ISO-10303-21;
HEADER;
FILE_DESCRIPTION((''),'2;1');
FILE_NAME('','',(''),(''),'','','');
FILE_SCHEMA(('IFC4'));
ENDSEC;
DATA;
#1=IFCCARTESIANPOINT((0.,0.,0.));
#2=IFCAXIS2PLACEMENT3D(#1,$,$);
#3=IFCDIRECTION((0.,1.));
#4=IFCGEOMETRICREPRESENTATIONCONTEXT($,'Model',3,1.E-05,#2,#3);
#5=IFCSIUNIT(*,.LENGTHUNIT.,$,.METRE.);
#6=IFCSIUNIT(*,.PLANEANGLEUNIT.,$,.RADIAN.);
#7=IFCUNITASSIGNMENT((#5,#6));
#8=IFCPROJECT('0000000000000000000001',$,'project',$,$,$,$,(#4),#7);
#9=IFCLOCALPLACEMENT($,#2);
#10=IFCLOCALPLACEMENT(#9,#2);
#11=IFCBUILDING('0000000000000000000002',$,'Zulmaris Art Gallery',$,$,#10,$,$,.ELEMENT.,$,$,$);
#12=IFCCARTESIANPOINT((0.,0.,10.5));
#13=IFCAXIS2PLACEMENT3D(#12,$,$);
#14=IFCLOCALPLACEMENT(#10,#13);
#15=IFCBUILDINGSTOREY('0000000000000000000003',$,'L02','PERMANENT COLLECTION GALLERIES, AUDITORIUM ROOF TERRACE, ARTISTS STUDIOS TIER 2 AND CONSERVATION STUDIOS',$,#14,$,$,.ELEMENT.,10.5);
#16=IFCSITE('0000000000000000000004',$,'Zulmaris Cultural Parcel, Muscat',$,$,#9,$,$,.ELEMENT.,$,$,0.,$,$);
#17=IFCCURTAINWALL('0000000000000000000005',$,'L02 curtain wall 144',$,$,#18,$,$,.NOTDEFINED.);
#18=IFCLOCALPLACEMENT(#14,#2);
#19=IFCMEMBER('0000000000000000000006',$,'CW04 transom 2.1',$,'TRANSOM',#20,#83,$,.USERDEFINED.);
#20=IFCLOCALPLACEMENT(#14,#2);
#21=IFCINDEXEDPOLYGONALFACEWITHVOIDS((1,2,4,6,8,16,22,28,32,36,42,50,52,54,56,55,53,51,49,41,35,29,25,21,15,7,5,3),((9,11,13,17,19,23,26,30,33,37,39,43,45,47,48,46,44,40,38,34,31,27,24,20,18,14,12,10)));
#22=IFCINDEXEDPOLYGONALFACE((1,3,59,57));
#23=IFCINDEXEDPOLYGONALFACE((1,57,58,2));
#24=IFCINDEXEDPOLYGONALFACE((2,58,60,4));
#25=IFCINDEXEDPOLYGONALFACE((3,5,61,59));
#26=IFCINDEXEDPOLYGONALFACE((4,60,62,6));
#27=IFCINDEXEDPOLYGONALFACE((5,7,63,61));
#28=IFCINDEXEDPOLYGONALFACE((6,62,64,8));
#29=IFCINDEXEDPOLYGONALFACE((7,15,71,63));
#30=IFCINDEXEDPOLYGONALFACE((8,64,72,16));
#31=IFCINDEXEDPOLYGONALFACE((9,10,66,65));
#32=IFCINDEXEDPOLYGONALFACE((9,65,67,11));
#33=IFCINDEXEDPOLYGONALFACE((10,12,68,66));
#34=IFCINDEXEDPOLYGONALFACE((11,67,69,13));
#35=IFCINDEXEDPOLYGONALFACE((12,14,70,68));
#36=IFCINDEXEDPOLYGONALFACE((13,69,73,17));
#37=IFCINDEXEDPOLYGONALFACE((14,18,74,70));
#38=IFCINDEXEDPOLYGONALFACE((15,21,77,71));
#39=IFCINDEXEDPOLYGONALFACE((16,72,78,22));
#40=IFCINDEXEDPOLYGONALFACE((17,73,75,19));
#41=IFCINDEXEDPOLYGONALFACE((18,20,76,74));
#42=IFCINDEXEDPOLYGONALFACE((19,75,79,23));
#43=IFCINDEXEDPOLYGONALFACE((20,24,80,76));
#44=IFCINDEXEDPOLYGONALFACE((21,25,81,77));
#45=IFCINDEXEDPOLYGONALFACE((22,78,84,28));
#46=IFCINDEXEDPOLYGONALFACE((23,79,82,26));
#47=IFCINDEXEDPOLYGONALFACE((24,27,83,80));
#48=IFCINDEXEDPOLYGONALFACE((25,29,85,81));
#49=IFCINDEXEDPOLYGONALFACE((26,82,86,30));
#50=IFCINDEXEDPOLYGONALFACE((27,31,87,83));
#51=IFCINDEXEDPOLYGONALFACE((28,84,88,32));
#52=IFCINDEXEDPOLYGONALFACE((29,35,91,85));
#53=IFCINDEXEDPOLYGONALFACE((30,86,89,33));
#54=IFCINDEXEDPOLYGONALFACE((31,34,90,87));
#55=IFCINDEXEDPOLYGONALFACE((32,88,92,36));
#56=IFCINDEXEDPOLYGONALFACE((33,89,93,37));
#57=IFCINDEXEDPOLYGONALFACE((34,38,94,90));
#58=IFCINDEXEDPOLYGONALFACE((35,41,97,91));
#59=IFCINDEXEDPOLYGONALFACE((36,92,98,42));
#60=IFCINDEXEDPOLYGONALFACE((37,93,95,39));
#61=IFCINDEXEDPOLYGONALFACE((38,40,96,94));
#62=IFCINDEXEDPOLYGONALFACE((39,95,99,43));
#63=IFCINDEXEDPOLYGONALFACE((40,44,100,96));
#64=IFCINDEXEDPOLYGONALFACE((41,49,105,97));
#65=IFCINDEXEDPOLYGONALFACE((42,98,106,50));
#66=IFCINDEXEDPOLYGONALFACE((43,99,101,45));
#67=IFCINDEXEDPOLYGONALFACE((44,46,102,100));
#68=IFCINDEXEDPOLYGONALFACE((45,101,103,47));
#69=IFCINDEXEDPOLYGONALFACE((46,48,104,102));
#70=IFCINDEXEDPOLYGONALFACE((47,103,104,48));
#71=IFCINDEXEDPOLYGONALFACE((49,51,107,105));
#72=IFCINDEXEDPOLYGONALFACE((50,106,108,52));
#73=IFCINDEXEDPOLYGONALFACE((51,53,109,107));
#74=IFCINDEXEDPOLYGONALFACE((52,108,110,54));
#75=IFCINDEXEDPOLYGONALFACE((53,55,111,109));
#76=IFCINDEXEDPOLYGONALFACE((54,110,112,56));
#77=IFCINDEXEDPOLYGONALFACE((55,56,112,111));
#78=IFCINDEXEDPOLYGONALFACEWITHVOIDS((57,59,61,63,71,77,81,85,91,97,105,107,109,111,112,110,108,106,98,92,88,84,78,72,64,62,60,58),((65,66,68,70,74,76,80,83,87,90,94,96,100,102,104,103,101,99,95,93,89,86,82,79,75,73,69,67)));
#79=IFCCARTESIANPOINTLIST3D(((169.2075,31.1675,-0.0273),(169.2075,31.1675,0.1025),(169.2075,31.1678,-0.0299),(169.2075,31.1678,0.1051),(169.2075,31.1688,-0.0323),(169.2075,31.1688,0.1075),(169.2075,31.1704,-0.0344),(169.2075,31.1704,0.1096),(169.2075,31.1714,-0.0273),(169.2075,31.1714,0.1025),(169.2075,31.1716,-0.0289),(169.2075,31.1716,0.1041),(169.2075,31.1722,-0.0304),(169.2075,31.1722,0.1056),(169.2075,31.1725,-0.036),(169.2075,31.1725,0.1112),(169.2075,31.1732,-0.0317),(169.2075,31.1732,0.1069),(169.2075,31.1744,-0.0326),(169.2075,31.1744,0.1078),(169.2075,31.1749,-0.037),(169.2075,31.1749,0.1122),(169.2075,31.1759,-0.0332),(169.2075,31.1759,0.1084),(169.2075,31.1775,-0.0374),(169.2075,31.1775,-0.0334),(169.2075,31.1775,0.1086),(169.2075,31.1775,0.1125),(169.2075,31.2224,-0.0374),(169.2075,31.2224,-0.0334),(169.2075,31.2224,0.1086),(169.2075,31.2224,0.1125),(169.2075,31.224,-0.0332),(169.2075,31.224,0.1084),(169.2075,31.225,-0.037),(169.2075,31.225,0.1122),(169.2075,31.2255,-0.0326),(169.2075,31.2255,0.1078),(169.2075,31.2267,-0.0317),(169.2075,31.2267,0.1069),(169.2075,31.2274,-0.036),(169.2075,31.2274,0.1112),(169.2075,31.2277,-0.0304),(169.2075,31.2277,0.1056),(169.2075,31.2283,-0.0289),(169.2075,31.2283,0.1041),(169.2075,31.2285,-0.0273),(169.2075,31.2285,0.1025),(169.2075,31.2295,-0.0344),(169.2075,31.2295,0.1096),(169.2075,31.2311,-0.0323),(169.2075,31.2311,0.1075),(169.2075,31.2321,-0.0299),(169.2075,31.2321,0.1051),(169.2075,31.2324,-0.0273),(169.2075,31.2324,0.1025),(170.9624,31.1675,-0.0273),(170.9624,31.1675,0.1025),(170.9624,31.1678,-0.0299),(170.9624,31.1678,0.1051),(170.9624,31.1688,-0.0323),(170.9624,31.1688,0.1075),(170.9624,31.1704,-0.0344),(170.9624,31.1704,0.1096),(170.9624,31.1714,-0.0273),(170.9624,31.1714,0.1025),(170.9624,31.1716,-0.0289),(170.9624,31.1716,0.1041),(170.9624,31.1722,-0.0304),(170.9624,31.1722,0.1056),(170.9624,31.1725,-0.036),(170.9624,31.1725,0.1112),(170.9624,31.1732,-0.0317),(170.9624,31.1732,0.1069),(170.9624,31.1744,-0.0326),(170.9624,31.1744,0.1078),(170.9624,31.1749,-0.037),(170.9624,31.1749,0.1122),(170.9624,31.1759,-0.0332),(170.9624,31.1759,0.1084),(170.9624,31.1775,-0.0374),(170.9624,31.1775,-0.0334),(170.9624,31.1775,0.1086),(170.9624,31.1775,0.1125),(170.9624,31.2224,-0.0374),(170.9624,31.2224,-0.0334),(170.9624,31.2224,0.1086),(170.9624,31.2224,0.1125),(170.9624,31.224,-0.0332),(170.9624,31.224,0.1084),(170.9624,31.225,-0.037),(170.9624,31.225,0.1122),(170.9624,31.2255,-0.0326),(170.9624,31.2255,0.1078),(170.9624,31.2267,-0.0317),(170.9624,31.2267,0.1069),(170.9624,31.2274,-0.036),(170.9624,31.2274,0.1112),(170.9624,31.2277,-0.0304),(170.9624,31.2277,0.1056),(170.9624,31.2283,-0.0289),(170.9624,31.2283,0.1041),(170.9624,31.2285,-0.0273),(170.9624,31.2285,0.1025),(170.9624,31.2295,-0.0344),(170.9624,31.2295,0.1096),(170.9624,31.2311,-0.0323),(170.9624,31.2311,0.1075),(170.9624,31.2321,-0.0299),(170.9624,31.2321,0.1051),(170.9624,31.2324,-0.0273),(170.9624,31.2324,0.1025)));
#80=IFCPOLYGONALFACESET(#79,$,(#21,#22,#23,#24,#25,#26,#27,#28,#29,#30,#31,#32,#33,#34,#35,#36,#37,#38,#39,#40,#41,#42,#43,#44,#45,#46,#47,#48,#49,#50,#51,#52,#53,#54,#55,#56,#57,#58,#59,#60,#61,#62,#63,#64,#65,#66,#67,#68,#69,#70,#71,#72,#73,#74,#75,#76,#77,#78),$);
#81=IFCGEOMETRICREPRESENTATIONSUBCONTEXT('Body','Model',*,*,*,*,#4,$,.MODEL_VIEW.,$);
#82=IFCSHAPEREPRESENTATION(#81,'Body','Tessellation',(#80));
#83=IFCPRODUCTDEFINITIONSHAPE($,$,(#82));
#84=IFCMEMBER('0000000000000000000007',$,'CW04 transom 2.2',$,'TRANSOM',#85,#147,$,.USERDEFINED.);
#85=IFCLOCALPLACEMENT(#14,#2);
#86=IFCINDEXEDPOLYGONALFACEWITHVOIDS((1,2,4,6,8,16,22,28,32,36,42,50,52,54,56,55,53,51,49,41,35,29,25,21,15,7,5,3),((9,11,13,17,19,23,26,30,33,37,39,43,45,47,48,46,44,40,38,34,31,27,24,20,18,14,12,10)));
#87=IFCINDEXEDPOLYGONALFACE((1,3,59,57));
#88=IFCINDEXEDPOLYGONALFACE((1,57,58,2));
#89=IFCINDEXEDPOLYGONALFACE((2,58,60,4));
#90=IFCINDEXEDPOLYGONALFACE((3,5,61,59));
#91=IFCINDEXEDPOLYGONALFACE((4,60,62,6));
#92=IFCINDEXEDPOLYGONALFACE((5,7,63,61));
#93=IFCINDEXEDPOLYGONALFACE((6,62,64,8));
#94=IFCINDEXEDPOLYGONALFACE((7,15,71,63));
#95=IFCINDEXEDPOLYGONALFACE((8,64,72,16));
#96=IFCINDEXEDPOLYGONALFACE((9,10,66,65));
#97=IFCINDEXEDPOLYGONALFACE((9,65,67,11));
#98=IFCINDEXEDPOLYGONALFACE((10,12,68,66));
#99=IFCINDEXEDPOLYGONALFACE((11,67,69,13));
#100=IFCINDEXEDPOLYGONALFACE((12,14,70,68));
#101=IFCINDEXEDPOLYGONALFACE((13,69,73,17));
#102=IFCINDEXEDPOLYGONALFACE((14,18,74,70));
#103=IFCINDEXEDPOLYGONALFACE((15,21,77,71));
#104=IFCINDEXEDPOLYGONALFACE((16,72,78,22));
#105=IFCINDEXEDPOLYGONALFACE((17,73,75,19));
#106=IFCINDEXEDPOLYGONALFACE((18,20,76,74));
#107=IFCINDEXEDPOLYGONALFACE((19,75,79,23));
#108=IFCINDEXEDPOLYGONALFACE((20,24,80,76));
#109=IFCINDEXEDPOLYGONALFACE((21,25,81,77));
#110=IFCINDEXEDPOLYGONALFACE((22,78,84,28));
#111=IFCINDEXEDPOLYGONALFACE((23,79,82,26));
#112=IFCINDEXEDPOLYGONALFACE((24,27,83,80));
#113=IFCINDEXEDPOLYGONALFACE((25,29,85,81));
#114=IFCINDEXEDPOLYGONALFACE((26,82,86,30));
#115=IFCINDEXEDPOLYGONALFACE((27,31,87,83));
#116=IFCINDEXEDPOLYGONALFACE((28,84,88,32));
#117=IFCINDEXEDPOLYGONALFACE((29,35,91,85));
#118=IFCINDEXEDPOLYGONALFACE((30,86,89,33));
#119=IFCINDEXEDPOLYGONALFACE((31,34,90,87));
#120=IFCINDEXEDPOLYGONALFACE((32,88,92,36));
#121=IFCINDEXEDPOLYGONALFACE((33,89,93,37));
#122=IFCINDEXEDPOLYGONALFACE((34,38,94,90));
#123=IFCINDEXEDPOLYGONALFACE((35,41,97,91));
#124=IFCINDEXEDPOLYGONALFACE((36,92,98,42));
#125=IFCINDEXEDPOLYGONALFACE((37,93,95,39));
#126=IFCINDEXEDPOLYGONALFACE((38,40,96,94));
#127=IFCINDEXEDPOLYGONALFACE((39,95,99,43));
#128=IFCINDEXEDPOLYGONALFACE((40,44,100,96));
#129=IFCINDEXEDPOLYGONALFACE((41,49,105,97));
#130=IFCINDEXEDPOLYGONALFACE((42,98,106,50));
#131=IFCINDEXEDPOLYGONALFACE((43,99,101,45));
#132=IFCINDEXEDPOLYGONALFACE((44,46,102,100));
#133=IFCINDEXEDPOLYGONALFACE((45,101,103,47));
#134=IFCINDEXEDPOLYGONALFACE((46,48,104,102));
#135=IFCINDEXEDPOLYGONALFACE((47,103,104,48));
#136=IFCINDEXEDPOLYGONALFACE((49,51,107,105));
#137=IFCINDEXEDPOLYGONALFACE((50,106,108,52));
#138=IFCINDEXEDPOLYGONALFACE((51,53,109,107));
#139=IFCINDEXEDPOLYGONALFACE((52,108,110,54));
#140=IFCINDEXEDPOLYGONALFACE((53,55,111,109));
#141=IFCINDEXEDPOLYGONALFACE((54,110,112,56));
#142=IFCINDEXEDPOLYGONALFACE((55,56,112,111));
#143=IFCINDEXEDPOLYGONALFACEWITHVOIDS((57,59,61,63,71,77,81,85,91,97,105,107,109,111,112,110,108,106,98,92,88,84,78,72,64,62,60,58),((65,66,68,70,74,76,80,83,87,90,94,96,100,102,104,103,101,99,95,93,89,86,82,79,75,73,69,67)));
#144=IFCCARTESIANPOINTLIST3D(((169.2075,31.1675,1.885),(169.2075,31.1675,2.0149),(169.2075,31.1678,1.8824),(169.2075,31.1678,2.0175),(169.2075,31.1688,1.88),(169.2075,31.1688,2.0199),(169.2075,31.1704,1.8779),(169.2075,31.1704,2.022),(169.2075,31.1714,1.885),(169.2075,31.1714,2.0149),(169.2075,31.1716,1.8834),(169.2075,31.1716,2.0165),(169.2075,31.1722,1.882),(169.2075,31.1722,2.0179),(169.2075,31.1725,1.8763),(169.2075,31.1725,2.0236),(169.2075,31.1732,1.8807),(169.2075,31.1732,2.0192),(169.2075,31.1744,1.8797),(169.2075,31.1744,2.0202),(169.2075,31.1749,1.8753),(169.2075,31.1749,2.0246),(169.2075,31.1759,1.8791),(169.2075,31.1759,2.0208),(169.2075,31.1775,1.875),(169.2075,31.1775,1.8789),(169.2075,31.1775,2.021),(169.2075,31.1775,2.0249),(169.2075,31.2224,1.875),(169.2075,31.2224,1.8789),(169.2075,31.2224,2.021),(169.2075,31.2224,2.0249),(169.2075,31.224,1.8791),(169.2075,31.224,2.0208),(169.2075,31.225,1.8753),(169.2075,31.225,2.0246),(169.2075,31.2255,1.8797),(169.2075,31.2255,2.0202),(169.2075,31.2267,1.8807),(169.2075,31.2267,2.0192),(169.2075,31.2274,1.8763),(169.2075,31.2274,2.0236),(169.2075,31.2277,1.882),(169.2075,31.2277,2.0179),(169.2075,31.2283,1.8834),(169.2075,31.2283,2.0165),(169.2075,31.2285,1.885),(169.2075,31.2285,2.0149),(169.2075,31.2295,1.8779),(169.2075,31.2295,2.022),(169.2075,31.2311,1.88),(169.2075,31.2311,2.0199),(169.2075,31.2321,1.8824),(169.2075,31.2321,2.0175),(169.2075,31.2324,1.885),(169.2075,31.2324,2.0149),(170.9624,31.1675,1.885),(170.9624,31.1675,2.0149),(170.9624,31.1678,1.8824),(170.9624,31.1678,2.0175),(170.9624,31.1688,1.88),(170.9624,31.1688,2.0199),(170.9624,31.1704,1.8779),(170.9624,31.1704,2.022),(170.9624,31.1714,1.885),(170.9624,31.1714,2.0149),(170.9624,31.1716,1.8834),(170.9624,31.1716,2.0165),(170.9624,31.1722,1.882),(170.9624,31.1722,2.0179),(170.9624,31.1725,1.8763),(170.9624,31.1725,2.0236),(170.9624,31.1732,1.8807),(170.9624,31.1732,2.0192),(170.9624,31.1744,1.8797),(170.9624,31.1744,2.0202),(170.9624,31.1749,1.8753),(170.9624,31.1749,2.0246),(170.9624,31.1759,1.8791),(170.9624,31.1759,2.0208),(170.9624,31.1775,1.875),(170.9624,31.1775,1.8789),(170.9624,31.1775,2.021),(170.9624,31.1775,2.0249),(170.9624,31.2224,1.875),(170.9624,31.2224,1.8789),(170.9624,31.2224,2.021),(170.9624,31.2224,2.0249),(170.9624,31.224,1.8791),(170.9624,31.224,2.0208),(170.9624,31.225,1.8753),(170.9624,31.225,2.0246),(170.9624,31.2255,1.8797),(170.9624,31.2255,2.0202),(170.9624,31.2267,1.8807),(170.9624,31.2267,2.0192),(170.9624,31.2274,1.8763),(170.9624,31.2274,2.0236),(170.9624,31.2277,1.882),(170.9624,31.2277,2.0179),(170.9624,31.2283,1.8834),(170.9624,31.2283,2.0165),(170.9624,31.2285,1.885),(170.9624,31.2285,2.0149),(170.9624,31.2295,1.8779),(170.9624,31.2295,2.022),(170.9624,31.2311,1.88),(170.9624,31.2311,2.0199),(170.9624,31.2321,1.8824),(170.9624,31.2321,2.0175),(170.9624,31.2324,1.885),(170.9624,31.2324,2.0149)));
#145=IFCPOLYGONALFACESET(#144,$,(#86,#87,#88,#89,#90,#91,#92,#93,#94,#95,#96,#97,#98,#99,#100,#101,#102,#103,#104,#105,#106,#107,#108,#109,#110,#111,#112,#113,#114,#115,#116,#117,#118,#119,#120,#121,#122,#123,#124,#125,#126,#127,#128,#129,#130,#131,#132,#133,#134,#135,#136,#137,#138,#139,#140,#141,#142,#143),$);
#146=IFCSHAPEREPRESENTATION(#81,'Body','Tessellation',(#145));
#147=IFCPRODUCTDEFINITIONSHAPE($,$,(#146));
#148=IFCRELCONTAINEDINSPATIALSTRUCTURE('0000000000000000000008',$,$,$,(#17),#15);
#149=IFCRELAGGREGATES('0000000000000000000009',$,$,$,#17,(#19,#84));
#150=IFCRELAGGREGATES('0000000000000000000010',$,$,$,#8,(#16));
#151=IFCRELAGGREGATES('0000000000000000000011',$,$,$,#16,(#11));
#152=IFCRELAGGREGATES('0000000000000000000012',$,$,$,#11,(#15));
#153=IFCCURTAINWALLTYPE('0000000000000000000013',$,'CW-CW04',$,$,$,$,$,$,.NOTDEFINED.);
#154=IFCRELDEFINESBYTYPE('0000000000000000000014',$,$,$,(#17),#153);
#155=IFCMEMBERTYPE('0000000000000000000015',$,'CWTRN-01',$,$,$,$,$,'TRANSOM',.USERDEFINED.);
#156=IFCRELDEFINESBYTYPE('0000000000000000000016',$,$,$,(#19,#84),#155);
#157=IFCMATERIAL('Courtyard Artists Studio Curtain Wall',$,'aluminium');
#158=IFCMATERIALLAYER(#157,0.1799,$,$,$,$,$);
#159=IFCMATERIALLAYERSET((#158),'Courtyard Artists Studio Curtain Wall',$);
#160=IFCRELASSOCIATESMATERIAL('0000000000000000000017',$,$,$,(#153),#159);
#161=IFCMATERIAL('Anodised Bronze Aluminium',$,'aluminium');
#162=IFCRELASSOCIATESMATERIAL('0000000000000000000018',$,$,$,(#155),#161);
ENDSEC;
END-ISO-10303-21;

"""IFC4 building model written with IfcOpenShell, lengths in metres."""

from ifc_helpers import new_model, si_unit, direction, frame, origin, origin_2d, place, context, subcontext, project, spatial, hollow_rectangle, extrude, material, layer, layer_set, material_profile, profile_set, type_object, element, aggregate, save


model = new_model("IFC4")

# Units and contexts
model_context = context("Model", 3, precision=1e-05, world=origin(), true_north=direction((0.0, 1.0)))
body_context = subcontext(model_context, "Body", "Model", "MODEL_VIEW")
ifc_project = project(units=[si_unit("LENGTHUNIT", "METRE"), si_unit("PLANEANGLEUNIT", "RADIAN")], contexts=[model_context])

# Site, building, storey
site_placement = place(None, origin())
site = spatial("IfcSite", under=ifc_project, at=site_placement, Name="Zulmaris Cultural Parcel, Muscat", CompositionType="ELEMENT", RefElevation=0.0)
building_placement = place(site_placement, origin())
building = spatial("IfcBuilding", under=site, at=building_placement, Name="Zulmaris Art Gallery", CompositionType="ELEMENT")
storey_placement = place(building_placement, frame((0.0, 0.0, 10.5)))
storey = spatial("IfcBuildingStorey", under=building, at=storey_placement, Name="L02", Description="PERMANENT COLLECTION GALLERIES, AUDITORIUM ROOF TERRACE, ARTISTS STUDIOS TIER 2 AND CONSERVATION STUDIOS", CompositionType="ELEMENT", Elevation=10.5)

# Curtain wall, members
ifc_material_1 = material(Name="Courtyard Artists Studio Curtain Wall", Category="aluminium")
ifc_layer_1 = layer(ifc_material_1, 0.1799)
ifc_layer_set_1 = layer_set([ifc_layer_1], Name="Courtyard Artists Studio Curtain Wall")
curtain_wall_type = type_object("IfcCurtainWallType", Name="CW-CW04", PredefinedType="NOTDEFINED", material=ifc_layer_set_1)
ifc_material_2 = material(Name="Anodised Bronze Aluminium", Category="aluminium")
curtain_wall_1_placement = place(storey_placement, origin())
curtain_wall_1 = element("IfcCurtainWall", 1, at=curtain_wall_1_placement, inside=storey, type_object=curtain_wall_type, Name="L02 curtain wall 144", PredefinedType="NOTDEFINED")
ifc_material_profile_1 = material_profile(ifc_material_2, hollow_rectangle(XDim=0.0649, YDim=0.1499, WallThickness=0.0039, InnerFilletRadius=0.0061, OuterFilletRadius=0.01, at=origin_2d()), Name="ALU 65x150x4")
ifc_profile_set_1 = profile_set([ifc_material_profile_1], Name="Anodised Bronze Aluminium")
member_type_1 = type_object("IfcMemberType", Name="CWTRN-01", ElementType="TRANSOM", PredefinedType="USERDEFINED", material=ifc_profile_set_1)
member_1_placement = place(storey_placement, frame((169.2075, 31.2, 0.0376), z_axis=(1.0, 0.0, 0.0), x_axis=(0.0, 1.0, 0.0)))
member_1 = element("IfcMember", 2, at=member_1_placement, type_object=member_type_1, Name="CW04 transom 2.1", ObjectType="TRANSOM", PredefinedType="USERDEFINED", context=body_context, shape_type="SweptSolid", body=[
    extrude(hollow_rectangle(XDim=0.0649, YDim=0.1499, WallThickness=0.0039, InnerFilletRadius=0.0061, OuterFilletRadius=0.01, at=origin_2d()), origin(), (0.0, 0.0, 1.0), 1.7549),
])
member_2_placement = place(storey_placement, frame((169.2075, 31.2, 1.95), z_axis=(1.0, 0.0, 0.0), x_axis=(0.0, 1.0, 0.0)))
member_2 = element("IfcMember", 3, at=member_2_placement, type_object=member_type_1, Name="CW04 transom 2.2", ObjectType="TRANSOM", PredefinedType="USERDEFINED", context=body_context, shape_type="SweptSolid", body=[
    extrude(hollow_rectangle(XDim=0.0649, YDim=0.1499, WallThickness=0.0039, InnerFilletRadius=0.0061, OuterFilletRadius=0.01, at=origin_2d()), origin(), (0.0, 0.0, 1.0), 1.7549),
])

aggregate(curtain_wall_1, [member_1, member_2])

save(model, "model.ifc")
